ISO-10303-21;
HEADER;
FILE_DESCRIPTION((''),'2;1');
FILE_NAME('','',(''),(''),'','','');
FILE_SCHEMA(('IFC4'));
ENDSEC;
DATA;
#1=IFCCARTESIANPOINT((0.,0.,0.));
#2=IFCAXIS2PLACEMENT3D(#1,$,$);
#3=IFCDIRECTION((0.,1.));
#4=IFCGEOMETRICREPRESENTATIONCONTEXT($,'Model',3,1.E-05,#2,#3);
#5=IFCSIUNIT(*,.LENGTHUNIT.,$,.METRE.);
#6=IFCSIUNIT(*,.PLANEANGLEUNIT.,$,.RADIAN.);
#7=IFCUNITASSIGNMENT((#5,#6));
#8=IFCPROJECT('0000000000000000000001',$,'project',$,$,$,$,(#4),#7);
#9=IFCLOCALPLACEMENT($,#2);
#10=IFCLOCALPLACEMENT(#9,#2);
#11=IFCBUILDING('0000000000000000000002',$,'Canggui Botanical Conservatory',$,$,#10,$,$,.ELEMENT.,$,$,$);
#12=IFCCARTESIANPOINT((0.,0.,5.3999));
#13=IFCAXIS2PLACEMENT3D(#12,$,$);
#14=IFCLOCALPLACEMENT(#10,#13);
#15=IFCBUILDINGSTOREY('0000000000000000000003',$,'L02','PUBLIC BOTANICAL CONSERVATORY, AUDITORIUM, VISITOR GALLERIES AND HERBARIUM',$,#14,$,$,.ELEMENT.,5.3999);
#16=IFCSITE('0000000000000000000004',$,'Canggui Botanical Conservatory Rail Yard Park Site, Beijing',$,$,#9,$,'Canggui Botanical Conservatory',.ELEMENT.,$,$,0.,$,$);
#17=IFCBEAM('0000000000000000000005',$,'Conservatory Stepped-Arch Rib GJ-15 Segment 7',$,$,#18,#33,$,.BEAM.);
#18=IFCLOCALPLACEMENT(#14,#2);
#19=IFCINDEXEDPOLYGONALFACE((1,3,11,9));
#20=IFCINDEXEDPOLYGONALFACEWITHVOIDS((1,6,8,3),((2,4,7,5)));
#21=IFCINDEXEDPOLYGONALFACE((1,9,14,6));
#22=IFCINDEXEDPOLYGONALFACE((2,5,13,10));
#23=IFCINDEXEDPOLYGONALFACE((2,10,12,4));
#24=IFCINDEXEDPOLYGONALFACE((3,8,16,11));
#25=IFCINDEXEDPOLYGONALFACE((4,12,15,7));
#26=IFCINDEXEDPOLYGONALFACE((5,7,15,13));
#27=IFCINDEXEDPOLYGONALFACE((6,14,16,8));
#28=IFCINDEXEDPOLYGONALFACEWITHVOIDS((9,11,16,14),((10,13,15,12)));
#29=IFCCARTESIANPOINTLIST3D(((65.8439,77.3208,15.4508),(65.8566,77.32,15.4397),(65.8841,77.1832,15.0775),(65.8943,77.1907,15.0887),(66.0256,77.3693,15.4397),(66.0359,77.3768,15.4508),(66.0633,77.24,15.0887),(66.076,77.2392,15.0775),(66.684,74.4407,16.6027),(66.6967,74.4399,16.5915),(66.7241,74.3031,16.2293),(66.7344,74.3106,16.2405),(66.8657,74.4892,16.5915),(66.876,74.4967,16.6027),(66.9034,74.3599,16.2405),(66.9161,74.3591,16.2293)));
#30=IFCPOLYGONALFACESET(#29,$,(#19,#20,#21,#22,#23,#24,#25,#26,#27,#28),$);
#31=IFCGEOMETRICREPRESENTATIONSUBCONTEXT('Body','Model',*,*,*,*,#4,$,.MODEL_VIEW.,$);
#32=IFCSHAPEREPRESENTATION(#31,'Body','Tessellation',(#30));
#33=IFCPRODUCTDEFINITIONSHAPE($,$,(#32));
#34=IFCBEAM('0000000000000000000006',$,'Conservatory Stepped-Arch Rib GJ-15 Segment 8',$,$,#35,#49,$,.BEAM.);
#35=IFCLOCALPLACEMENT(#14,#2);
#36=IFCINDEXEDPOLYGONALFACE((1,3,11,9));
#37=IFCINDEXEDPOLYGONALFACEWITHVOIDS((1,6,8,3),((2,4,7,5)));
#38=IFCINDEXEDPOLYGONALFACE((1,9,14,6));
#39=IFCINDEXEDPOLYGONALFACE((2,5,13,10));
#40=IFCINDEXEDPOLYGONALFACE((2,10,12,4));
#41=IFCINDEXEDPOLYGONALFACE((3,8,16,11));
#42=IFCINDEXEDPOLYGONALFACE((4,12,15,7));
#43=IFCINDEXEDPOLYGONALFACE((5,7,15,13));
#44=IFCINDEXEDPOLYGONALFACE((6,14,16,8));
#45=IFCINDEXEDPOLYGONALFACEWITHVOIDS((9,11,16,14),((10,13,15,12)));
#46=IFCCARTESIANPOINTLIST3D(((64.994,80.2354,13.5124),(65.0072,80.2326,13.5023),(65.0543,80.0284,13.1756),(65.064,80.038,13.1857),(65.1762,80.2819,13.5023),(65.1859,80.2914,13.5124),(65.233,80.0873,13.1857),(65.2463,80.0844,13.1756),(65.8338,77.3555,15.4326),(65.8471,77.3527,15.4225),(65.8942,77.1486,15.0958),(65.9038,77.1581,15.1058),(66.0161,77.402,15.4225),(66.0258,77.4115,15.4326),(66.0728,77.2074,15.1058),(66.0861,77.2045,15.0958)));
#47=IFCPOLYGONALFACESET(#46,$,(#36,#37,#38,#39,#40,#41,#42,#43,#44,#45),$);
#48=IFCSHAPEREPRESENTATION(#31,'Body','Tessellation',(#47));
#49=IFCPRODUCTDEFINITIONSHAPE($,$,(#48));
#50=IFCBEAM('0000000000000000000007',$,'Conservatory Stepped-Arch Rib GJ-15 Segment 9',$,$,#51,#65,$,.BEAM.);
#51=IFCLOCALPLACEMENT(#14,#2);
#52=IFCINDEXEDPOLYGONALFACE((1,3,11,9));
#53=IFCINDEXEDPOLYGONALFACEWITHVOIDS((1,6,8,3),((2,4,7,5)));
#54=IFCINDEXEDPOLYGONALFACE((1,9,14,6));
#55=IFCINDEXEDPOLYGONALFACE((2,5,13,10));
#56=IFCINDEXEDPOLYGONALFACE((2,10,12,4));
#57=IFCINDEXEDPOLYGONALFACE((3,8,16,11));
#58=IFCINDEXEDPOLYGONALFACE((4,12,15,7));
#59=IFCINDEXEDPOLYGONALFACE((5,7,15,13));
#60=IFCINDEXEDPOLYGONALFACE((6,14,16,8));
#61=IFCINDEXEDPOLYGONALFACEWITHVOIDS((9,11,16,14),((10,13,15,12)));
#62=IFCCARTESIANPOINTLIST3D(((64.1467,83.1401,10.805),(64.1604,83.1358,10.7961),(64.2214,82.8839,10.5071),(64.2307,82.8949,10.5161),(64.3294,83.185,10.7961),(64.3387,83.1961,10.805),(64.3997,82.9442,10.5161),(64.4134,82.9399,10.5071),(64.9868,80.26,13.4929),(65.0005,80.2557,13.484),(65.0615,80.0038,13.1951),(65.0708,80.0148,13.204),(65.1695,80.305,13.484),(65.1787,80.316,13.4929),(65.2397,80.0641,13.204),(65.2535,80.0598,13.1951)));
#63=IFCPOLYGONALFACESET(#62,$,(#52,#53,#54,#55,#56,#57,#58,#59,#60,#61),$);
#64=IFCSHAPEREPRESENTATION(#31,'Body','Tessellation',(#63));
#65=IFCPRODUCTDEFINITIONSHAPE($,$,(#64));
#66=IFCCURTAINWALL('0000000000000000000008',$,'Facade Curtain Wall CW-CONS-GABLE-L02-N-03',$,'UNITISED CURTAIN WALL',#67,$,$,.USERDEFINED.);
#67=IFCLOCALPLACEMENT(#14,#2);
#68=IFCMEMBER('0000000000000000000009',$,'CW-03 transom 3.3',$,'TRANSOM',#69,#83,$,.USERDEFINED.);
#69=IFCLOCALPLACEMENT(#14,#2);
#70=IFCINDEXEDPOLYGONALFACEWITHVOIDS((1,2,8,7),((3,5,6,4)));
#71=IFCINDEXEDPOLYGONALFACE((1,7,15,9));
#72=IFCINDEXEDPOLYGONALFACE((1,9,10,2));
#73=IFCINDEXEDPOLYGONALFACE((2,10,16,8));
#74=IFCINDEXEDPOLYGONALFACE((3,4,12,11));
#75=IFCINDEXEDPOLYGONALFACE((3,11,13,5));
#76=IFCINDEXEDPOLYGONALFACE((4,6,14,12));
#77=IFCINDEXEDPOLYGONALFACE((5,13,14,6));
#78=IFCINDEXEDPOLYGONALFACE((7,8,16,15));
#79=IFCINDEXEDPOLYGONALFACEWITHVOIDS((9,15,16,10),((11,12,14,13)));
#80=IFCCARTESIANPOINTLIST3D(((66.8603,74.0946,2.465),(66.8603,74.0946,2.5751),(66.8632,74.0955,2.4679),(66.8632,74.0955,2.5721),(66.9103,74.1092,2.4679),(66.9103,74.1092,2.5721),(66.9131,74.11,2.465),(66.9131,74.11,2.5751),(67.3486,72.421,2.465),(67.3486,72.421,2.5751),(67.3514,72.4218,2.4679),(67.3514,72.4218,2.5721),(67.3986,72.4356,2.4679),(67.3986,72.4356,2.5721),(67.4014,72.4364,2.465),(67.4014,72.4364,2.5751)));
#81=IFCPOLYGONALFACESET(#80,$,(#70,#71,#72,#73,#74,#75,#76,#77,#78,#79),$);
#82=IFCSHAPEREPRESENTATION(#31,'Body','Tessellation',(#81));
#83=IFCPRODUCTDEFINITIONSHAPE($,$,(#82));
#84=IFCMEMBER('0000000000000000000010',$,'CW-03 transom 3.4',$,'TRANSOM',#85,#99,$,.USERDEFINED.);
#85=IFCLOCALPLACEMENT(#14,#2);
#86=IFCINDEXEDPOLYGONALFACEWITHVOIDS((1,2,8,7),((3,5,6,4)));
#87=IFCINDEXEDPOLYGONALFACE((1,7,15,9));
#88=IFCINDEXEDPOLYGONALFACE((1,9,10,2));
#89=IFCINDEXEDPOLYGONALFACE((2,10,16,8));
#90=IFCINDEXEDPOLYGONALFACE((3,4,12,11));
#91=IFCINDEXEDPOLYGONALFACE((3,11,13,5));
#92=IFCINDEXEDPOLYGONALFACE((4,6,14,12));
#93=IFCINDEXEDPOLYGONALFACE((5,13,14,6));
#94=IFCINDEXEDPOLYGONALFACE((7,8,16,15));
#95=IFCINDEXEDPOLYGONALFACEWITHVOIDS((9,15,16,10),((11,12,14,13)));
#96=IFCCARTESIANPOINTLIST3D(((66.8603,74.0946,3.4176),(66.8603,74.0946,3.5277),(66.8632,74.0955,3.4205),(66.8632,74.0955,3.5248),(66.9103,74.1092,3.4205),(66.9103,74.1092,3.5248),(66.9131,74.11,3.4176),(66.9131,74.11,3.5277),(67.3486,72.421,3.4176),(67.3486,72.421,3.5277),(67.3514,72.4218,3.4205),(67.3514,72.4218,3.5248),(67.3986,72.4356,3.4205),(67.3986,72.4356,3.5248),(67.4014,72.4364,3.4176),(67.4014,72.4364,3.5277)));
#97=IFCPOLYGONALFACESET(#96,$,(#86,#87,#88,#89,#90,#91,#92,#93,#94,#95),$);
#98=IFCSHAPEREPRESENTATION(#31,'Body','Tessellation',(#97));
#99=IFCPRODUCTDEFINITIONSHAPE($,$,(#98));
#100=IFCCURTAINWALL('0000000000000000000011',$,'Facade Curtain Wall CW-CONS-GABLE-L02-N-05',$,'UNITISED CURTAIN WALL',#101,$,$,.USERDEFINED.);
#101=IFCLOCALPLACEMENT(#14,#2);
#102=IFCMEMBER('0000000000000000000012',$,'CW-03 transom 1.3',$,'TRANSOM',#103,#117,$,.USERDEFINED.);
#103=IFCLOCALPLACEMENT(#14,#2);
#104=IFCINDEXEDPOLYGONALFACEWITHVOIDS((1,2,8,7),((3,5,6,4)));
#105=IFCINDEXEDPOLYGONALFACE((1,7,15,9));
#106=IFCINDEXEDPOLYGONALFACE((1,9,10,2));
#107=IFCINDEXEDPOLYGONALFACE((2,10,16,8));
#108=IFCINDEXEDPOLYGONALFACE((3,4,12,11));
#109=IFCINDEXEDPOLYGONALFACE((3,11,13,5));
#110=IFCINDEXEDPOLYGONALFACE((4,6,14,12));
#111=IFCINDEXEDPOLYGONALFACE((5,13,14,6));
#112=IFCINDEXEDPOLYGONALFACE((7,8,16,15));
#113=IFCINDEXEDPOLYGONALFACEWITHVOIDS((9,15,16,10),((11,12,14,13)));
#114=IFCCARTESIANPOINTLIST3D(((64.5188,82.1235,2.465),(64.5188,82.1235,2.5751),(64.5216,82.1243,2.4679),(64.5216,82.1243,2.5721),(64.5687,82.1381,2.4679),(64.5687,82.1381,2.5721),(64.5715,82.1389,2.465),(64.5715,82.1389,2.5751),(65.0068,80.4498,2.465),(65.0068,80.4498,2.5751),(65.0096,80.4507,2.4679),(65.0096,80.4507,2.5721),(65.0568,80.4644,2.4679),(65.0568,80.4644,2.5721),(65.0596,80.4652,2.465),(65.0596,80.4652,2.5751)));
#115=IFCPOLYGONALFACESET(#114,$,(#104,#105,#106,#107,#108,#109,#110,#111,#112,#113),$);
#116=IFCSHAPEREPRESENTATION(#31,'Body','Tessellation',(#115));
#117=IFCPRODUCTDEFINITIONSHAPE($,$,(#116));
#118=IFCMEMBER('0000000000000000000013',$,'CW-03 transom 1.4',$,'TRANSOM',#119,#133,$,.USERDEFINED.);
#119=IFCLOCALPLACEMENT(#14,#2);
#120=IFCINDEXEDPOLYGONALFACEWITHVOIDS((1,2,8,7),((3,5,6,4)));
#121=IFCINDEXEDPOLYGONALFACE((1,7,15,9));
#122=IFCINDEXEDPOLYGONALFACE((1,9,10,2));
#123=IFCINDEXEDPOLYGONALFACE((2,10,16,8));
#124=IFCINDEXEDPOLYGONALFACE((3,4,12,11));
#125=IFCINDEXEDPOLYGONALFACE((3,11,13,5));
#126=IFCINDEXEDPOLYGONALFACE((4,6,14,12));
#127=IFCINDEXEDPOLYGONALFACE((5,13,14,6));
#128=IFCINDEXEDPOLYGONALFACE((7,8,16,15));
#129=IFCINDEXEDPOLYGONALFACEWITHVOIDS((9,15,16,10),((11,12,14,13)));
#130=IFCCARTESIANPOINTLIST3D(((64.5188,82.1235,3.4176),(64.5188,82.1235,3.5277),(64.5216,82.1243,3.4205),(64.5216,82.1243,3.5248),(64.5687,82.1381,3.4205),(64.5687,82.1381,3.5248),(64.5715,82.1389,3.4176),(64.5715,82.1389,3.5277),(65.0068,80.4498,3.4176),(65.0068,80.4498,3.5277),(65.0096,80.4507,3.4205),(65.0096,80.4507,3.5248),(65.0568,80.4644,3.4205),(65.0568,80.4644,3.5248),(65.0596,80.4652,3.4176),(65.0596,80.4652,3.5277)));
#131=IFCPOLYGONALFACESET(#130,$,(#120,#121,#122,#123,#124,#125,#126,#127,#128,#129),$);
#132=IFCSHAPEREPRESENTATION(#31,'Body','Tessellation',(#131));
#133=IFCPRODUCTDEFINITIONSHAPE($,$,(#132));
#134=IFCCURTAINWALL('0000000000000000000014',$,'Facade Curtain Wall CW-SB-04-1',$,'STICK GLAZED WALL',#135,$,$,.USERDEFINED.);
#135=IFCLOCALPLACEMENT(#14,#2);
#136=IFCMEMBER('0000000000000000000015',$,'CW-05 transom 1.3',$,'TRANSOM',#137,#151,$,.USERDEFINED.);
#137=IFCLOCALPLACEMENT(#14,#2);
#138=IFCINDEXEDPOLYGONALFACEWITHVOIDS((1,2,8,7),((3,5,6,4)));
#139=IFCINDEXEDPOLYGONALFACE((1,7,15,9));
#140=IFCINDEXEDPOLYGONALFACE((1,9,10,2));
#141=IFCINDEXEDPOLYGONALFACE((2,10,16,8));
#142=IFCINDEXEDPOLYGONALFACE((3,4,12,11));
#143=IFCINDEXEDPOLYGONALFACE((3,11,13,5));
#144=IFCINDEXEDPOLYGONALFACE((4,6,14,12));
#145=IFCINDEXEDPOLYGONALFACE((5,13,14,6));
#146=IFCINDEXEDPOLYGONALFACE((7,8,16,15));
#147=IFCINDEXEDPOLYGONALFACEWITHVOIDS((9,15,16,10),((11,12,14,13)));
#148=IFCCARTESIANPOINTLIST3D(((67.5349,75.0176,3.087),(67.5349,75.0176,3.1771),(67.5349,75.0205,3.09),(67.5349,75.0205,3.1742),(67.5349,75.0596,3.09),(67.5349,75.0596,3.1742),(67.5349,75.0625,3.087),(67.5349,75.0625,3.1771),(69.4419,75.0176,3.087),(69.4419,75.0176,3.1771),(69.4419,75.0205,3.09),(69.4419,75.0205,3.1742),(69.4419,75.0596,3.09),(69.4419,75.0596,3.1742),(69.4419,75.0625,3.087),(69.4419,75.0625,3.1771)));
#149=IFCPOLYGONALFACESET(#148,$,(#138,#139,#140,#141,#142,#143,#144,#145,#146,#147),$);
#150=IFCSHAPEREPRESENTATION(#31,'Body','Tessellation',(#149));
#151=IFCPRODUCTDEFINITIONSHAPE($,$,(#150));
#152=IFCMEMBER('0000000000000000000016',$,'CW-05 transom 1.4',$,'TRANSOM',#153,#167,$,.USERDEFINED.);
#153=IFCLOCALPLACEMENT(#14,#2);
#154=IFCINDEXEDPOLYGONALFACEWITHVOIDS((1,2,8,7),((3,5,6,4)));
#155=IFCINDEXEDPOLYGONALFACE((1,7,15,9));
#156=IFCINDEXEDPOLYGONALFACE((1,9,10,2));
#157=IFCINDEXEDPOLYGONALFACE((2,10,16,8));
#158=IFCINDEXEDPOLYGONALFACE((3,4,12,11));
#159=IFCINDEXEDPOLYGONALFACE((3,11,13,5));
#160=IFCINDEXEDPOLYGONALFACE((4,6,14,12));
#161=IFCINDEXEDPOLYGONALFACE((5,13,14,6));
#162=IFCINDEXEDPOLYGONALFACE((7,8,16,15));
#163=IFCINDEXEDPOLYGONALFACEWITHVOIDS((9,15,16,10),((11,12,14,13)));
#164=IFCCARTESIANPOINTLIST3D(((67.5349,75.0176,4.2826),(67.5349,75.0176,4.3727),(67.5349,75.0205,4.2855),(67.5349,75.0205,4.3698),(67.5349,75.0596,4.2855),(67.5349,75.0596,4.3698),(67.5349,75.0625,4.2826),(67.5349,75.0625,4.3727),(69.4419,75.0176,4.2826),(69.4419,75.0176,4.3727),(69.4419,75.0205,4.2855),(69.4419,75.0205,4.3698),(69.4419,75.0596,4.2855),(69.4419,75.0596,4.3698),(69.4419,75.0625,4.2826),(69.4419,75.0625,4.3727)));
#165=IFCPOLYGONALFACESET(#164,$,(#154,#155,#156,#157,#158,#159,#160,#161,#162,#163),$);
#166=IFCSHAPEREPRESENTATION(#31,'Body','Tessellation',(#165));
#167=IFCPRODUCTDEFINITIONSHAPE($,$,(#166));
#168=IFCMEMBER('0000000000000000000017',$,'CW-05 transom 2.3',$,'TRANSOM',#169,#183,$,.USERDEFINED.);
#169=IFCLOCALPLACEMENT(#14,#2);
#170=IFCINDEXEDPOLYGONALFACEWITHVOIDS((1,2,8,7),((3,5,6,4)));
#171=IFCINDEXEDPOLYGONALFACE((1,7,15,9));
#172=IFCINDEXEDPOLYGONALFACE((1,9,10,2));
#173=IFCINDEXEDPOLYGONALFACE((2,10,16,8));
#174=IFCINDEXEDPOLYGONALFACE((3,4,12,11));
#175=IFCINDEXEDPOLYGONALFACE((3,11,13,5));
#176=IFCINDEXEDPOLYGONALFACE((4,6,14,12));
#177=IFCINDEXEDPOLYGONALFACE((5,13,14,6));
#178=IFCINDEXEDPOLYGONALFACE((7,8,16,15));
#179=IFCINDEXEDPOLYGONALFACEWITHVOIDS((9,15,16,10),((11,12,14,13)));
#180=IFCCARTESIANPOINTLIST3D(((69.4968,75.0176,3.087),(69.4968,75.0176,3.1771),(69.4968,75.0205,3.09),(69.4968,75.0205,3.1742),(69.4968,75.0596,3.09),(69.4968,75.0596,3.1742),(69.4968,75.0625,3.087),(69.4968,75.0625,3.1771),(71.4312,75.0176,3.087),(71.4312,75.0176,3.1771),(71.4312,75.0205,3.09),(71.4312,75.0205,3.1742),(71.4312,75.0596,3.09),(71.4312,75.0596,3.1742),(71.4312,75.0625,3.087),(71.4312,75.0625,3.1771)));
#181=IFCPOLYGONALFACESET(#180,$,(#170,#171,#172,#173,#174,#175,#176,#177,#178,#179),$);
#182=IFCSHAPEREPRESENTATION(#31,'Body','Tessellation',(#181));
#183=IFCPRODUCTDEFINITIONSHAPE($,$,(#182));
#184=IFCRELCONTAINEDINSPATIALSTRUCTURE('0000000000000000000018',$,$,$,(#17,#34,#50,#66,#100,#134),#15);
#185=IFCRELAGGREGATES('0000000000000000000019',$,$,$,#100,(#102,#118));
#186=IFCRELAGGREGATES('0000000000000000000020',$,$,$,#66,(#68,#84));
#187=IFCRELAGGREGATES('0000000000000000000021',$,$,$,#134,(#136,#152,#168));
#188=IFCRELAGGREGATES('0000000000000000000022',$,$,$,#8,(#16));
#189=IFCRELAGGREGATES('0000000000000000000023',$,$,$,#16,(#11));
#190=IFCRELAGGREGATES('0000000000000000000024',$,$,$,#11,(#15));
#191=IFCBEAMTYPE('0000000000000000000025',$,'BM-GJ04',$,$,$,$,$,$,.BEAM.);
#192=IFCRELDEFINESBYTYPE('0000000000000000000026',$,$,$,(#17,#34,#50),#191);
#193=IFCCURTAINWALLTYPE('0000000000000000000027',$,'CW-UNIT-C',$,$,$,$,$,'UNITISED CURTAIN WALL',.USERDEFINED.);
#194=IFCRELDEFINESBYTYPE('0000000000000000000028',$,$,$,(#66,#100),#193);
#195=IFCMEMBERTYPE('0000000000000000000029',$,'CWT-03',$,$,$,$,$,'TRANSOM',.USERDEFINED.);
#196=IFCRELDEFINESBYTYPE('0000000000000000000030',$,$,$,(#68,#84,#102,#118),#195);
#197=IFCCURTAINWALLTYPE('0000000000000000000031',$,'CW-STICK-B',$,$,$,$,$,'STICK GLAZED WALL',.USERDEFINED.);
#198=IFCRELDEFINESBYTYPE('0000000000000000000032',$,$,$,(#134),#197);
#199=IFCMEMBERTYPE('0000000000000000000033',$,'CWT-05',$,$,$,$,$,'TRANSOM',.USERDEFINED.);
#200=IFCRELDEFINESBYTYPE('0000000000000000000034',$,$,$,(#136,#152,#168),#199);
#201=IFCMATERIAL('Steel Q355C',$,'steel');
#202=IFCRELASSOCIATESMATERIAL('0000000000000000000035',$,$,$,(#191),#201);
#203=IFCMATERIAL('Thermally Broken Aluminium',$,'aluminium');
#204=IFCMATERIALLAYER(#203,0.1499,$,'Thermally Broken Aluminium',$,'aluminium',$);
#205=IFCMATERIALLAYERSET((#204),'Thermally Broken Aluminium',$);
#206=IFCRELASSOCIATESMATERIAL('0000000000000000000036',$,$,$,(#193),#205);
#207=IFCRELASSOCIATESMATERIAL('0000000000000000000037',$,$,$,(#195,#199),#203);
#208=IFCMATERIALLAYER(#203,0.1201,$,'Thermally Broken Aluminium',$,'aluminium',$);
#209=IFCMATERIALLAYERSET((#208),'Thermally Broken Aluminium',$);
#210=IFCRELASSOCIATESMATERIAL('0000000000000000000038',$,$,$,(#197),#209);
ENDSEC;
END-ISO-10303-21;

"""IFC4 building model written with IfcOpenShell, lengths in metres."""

from ifc_helpers import new_model, si_unit, direction, frame, origin, origin_2d, place, context, subcontext, project, spatial, hollow_rectangle, extrude, material, layer, layer_set, material_profile, profile_set, type_object, element, aggregate, save


model = new_model("IFC4")

# Units and contexts
model_context = context("Model", 3, precision=1e-05, world=origin(), true_north=direction((0.0, 1.0)))
body_context = subcontext(model_context, "Body", "Model", "MODEL_VIEW")
ifc_project = project(units=[si_unit("LENGTHUNIT", "METRE"), si_unit("PLANEANGLEUNIT", "RADIAN")], contexts=[model_context])

# Site, building, storey
site_placement = place(None, origin())
site = spatial("IfcSite", under=ifc_project, at=site_placement, Name="Canggui Botanical Conservatory Rail Yard Park Site, Beijing", LongName="Canggui Botanical Conservatory", CompositionType="ELEMENT", RefElevation=0.0)
building_placement = place(site_placement, origin())
building = spatial("IfcBuilding", under=site, at=building_placement, Name="Canggui Botanical Conservatory", CompositionType="ELEMENT")
storey_placement = place(building_placement, frame((0.0, 0.0, 5.3999)))
storey = spatial("IfcBuildingStorey", under=building, at=storey_placement, Name="L02", Description="PUBLIC BOTANICAL CONSERVATORY, AUDITORIUM, VISITOR GALLERIES AND HERBARIUM", CompositionType="ELEMENT", Elevation=5.3999)

# Beams
ifc_material_1 = material(Name="Steel Q355C", Category="steel")
ifc_material_profile_1 = material_profile(ifc_material_1, hollow_rectangle(XDim=0.2, YDim=0.3999, WallThickness=0.012, at=origin_2d()), Name="RHS 200x400x12")
ifc_profile_set_1 = profile_set([ifc_material_profile_1], Name="Steel Q355C")
beam_type = type_object("IfcBeamType", Name="BM-GJ04", PredefinedType="BEAM", material=ifc_profile_set_1)
beam_1_placement = place(storey_placement, frame((66.8, 74.3999, 16.416), z_axis=(-0.261411, 0.896212, -0.358424), x_axis=(-0.959995, -0.280016, 0.0)))
element("IfcBeam", 1, at=beam_1_placement, inside=storey, type_object=beam_type, Name="Conservatory Stepped-Arch Rib GJ-15 Segment 7", PredefinedType="BEAM", context=body_context, shape_type="SweptSolid", body=[
    extrude(hollow_rectangle(XDim=0.2, YDim=0.3999, WallThickness=0.012, at=origin_2d()), origin(), (0.0, 0.0, 1.0), 3.2136),
])
beam_2_placement = place(storey_placement, frame((65.96, 77.28, 15.2642), z_axis=(-0.235795, 0.808557, -0.539107), x_axis=(-0.960011, -0.279962, 0.0)))
element("IfcBeam", 2, at=beam_2_placement, inside=storey, type_object=beam_type, Name="Conservatory Stepped-Arch Rib GJ-15 Segment 8", PredefinedType="BEAM", context=body_context, shape_type="SweptSolid", body=[
    extrude(hollow_rectangle(XDim=0.2, YDim=0.3999, WallThickness=0.012, at=origin_2d()), origin(), (0.0, 0.0, 1.0), 3.5618),
])
beam_3_placement = place(storey_placement, frame((65.1201, 80.1599, 13.344), z_axis=(-0.208553, 0.714996, -0.667297), x_axis=(-0.959995, -0.280016, 0.0)))
element("IfcBeam", 3, at=beam_3_placement, inside=storey, type_object=beam_type, Name="Conservatory Stepped-Arch Rib GJ-15 Segment 9", PredefinedType="BEAM", context=body_context, shape_type="SweptSolid", body=[
    extrude(hollow_rectangle(XDim=0.2, YDim=0.3999, WallThickness=0.012, at=origin_2d()), origin(), (0.0, 0.0, 1.0), 4.0281),
])

# Curtain walls, members
ifc_material_2 = material(Name="Thermally Broken Aluminium", Category="aluminium")
ifc_layer_1 = layer(ifc_material_2, 0.1499, Name="Thermally Broken Aluminium", Category="aluminium")
ifc_layer_set_1 = layer_set([ifc_layer_1], Name="Thermally Broken Aluminium")
curtain_wall_type_1 = type_object("IfcCurtainWallType", Name="CW-UNIT-C", ElementType="UNITISED CURTAIN WALL", PredefinedType="USERDEFINED", material=ifc_layer_set_1)
curtain_wall_1_placement = place(storey_placement, origin())
curtain_wall_1 = element("IfcCurtainWall", 4, at=curtain_wall_1_placement, inside=storey, type_object=curtain_wall_type_1, Name="Facade Curtain Wall CW-CONS-GABLE-L02-N-03", ObjectType="UNITISED CURTAIN WALL", PredefinedType="USERDEFINED")
ifc_material_profile_2 = material_profile(ifc_material_2, hollow_rectangle(XDim=0.0549, YDim=0.1101, WallThickness=0.0029, at=origin_2d()), Name="CWT 55x110x3")
ifc_profile_set_2 = profile_set([ifc_material_profile_2], Name="Thermally Broken Aluminium")
member_type_1 = type_object("IfcMemberType", Name="CWT-03", ElementType="TRANSOM", PredefinedType="USERDEFINED", material=ifc_profile_set_2)
member_1_placement = place(storey_placement, frame((67.375, 72.4287, 2.52), z_axis=(-0.280081, 0.959976, 0.0), x_axis=(-0.959976, -0.280081, 0.0)))
member_1 = element("IfcMember", 5, at=member_1_placement, type_object=member_type_1, Name="CW-03 transom 3.3", ObjectType="TRANSOM", PredefinedType="USERDEFINED", context=body_context, shape_type="SweptSolid", body=[
    extrude(hollow_rectangle(XDim=0.0549, YDim=0.1101, WallThickness=0.0029, at=origin_2d()), origin(), (0.0, 0.0, 1.0), 1.7434),
])
member_2_placement = place(storey_placement, frame((67.375, 72.4287, 3.4727), z_axis=(-0.280081, 0.959976, 0.0), x_axis=(-0.959976, -0.280081, 0.0)))
member_2 = element("IfcMember", 6, at=member_2_placement, type_object=member_type_1, Name="CW-03 transom 3.4", ObjectType="TRANSOM", PredefinedType="USERDEFINED", context=body_context, shape_type="SweptSolid", body=[
    extrude(hollow_rectangle(XDim=0.0549, YDim=0.1101, WallThickness=0.0029, at=origin_2d()), origin(), (0.0, 0.0, 1.0), 1.7434),
])
curtain_wall_2_placement = place(storey_placement, origin())
curtain_wall_2 = element("IfcCurtainWall", 7, at=curtain_wall_2_placement, inside=storey, type_object=curtain_wall_type_1, Name="Facade Curtain Wall CW-CONS-GABLE-L02-N-05", ObjectType="UNITISED CURTAIN WALL", PredefinedType="USERDEFINED")
member_3_placement = place(storey_placement, frame((65.0332, 80.4575, 2.52), z_axis=(-0.279952, 0.960014, 0.0), x_axis=(-0.960014, -0.279952, 0.0)))
member_3 = element("IfcMember", 8, at=member_3_placement, type_object=member_type_1, Name="CW-03 transom 1.3", ObjectType="TRANSOM", PredefinedType="USERDEFINED", context=body_context, shape_type="SweptSolid", body=[
    extrude(hollow_rectangle(XDim=0.0549, YDim=0.1101, WallThickness=0.0029, at=origin_2d()), origin(), (0.0, 0.0, 1.0), 1.7434),
])
member_4_placement = place(storey_placement, frame((65.0332, 80.4575, 3.4727), z_axis=(-0.279952, 0.960014, 0.0), x_axis=(-0.960014, -0.279952, 0.0)))
member_4 = element("IfcMember", 9, at=member_4_placement, type_object=member_type_1, Name="CW-03 transom 1.4", ObjectType="TRANSOM", PredefinedType="USERDEFINED", context=body_context, shape_type="SweptSolid", body=[
    extrude(hollow_rectangle(XDim=0.0549, YDim=0.1101, WallThickness=0.0029, at=origin_2d()), origin(), (0.0, 0.0, 1.0), 1.7434),
])
aggregate(curtain_wall_2, [member_3, member_4])
ifc_layer_2 = layer(ifc_material_2, 0.1201, Name="Thermally Broken Aluminium", Category="aluminium")
ifc_layer_set_2 = layer_set([ifc_layer_2], Name="Thermally Broken Aluminium")
curtain_wall_type_2 = type_object("IfcCurtainWallType", Name="CW-STICK-B", ElementType="STICK GLAZED WALL", PredefinedType="USERDEFINED", material=ifc_layer_set_2)
curtain_wall_3_placement = place(storey_placement, origin())
curtain_wall_3 = element("IfcCurtainWall", 10, at=curtain_wall_3_placement, inside=storey, type_object=curtain_wall_type_2, Name="Facade Curtain Wall CW-SB-04-1", ObjectType="STICK GLAZED WALL", PredefinedType="USERDEFINED")
ifc_material_profile_3 = material_profile(ifc_material_2, hollow_rectangle(XDim=0.0449, YDim=0.0901, WallThickness=0.0029, at=origin_2d()), Name="CWT 45x90x3")
ifc_profile_set_3 = profile_set([ifc_material_profile_3], Name="Thermally Broken Aluminium")
member_type_2 = type_object("IfcMemberType", Name="CWT-05", ElementType="TRANSOM", PredefinedType="USERDEFINED", material=ifc_profile_set_3)
member_5_placement = place(storey_placement, frame((67.5349, 75.04, 3.1321), z_axis=(1.0, 0.0, 0.0), x_axis=(0.0, 1.0, 0.0)))
member_5 = element("IfcMember", 11, at=member_5_placement, type_object=member_type_2, Name="CW-05 transom 1.3", ObjectType="TRANSOM", PredefinedType="USERDEFINED", context=body_context, shape_type="SweptSolid", body=[
    extrude(hollow_rectangle(XDim=0.0449, YDim=0.0901, WallThickness=0.0029, at=origin_2d()), origin(), (0.0, 0.0, 1.0), 1.907),
])
member_6_placement = place(storey_placement, frame((67.5349, 75.04, 4.3276), z_axis=(1.0, 0.0, 0.0), x_axis=(0.0, 1.0, 0.0)))
member_6 = element("IfcMember", 12, at=member_6_placement, type_object=member_type_2, Name="CW-05 transom 1.4", ObjectType="TRANSOM", PredefinedType="USERDEFINED", context=body_context, shape_type="SweptSolid", body=[
    extrude(hollow_rectangle(XDim=0.0449, YDim=0.0901, WallThickness=0.0029, at=origin_2d()), origin(), (0.0, 0.0, 1.0), 1.907),
])
member_7_placement = place(storey_placement, frame((69.4968, 75.04, 3.1321), z_axis=(1.0, 0.0, 0.0), x_axis=(0.0, 1.0, 0.0)))
member_7 = element("IfcMember", 13, at=member_7_placement, type_object=member_type_2, Name="CW-05 transom 2.3", ObjectType="TRANSOM", PredefinedType="USERDEFINED", context=body_context, shape_type="SweptSolid", body=[
    extrude(hollow_rectangle(XDim=0.0449, YDim=0.0901, WallThickness=0.0029, at=origin_2d()), origin(), (0.0, 0.0, 1.0), 1.9343),
])

aggregate(curtain_wall_1, [member_1, member_2])
aggregate(curtain_wall_3, [member_5, member_6, member_7])

save(model, "model.ifc")
